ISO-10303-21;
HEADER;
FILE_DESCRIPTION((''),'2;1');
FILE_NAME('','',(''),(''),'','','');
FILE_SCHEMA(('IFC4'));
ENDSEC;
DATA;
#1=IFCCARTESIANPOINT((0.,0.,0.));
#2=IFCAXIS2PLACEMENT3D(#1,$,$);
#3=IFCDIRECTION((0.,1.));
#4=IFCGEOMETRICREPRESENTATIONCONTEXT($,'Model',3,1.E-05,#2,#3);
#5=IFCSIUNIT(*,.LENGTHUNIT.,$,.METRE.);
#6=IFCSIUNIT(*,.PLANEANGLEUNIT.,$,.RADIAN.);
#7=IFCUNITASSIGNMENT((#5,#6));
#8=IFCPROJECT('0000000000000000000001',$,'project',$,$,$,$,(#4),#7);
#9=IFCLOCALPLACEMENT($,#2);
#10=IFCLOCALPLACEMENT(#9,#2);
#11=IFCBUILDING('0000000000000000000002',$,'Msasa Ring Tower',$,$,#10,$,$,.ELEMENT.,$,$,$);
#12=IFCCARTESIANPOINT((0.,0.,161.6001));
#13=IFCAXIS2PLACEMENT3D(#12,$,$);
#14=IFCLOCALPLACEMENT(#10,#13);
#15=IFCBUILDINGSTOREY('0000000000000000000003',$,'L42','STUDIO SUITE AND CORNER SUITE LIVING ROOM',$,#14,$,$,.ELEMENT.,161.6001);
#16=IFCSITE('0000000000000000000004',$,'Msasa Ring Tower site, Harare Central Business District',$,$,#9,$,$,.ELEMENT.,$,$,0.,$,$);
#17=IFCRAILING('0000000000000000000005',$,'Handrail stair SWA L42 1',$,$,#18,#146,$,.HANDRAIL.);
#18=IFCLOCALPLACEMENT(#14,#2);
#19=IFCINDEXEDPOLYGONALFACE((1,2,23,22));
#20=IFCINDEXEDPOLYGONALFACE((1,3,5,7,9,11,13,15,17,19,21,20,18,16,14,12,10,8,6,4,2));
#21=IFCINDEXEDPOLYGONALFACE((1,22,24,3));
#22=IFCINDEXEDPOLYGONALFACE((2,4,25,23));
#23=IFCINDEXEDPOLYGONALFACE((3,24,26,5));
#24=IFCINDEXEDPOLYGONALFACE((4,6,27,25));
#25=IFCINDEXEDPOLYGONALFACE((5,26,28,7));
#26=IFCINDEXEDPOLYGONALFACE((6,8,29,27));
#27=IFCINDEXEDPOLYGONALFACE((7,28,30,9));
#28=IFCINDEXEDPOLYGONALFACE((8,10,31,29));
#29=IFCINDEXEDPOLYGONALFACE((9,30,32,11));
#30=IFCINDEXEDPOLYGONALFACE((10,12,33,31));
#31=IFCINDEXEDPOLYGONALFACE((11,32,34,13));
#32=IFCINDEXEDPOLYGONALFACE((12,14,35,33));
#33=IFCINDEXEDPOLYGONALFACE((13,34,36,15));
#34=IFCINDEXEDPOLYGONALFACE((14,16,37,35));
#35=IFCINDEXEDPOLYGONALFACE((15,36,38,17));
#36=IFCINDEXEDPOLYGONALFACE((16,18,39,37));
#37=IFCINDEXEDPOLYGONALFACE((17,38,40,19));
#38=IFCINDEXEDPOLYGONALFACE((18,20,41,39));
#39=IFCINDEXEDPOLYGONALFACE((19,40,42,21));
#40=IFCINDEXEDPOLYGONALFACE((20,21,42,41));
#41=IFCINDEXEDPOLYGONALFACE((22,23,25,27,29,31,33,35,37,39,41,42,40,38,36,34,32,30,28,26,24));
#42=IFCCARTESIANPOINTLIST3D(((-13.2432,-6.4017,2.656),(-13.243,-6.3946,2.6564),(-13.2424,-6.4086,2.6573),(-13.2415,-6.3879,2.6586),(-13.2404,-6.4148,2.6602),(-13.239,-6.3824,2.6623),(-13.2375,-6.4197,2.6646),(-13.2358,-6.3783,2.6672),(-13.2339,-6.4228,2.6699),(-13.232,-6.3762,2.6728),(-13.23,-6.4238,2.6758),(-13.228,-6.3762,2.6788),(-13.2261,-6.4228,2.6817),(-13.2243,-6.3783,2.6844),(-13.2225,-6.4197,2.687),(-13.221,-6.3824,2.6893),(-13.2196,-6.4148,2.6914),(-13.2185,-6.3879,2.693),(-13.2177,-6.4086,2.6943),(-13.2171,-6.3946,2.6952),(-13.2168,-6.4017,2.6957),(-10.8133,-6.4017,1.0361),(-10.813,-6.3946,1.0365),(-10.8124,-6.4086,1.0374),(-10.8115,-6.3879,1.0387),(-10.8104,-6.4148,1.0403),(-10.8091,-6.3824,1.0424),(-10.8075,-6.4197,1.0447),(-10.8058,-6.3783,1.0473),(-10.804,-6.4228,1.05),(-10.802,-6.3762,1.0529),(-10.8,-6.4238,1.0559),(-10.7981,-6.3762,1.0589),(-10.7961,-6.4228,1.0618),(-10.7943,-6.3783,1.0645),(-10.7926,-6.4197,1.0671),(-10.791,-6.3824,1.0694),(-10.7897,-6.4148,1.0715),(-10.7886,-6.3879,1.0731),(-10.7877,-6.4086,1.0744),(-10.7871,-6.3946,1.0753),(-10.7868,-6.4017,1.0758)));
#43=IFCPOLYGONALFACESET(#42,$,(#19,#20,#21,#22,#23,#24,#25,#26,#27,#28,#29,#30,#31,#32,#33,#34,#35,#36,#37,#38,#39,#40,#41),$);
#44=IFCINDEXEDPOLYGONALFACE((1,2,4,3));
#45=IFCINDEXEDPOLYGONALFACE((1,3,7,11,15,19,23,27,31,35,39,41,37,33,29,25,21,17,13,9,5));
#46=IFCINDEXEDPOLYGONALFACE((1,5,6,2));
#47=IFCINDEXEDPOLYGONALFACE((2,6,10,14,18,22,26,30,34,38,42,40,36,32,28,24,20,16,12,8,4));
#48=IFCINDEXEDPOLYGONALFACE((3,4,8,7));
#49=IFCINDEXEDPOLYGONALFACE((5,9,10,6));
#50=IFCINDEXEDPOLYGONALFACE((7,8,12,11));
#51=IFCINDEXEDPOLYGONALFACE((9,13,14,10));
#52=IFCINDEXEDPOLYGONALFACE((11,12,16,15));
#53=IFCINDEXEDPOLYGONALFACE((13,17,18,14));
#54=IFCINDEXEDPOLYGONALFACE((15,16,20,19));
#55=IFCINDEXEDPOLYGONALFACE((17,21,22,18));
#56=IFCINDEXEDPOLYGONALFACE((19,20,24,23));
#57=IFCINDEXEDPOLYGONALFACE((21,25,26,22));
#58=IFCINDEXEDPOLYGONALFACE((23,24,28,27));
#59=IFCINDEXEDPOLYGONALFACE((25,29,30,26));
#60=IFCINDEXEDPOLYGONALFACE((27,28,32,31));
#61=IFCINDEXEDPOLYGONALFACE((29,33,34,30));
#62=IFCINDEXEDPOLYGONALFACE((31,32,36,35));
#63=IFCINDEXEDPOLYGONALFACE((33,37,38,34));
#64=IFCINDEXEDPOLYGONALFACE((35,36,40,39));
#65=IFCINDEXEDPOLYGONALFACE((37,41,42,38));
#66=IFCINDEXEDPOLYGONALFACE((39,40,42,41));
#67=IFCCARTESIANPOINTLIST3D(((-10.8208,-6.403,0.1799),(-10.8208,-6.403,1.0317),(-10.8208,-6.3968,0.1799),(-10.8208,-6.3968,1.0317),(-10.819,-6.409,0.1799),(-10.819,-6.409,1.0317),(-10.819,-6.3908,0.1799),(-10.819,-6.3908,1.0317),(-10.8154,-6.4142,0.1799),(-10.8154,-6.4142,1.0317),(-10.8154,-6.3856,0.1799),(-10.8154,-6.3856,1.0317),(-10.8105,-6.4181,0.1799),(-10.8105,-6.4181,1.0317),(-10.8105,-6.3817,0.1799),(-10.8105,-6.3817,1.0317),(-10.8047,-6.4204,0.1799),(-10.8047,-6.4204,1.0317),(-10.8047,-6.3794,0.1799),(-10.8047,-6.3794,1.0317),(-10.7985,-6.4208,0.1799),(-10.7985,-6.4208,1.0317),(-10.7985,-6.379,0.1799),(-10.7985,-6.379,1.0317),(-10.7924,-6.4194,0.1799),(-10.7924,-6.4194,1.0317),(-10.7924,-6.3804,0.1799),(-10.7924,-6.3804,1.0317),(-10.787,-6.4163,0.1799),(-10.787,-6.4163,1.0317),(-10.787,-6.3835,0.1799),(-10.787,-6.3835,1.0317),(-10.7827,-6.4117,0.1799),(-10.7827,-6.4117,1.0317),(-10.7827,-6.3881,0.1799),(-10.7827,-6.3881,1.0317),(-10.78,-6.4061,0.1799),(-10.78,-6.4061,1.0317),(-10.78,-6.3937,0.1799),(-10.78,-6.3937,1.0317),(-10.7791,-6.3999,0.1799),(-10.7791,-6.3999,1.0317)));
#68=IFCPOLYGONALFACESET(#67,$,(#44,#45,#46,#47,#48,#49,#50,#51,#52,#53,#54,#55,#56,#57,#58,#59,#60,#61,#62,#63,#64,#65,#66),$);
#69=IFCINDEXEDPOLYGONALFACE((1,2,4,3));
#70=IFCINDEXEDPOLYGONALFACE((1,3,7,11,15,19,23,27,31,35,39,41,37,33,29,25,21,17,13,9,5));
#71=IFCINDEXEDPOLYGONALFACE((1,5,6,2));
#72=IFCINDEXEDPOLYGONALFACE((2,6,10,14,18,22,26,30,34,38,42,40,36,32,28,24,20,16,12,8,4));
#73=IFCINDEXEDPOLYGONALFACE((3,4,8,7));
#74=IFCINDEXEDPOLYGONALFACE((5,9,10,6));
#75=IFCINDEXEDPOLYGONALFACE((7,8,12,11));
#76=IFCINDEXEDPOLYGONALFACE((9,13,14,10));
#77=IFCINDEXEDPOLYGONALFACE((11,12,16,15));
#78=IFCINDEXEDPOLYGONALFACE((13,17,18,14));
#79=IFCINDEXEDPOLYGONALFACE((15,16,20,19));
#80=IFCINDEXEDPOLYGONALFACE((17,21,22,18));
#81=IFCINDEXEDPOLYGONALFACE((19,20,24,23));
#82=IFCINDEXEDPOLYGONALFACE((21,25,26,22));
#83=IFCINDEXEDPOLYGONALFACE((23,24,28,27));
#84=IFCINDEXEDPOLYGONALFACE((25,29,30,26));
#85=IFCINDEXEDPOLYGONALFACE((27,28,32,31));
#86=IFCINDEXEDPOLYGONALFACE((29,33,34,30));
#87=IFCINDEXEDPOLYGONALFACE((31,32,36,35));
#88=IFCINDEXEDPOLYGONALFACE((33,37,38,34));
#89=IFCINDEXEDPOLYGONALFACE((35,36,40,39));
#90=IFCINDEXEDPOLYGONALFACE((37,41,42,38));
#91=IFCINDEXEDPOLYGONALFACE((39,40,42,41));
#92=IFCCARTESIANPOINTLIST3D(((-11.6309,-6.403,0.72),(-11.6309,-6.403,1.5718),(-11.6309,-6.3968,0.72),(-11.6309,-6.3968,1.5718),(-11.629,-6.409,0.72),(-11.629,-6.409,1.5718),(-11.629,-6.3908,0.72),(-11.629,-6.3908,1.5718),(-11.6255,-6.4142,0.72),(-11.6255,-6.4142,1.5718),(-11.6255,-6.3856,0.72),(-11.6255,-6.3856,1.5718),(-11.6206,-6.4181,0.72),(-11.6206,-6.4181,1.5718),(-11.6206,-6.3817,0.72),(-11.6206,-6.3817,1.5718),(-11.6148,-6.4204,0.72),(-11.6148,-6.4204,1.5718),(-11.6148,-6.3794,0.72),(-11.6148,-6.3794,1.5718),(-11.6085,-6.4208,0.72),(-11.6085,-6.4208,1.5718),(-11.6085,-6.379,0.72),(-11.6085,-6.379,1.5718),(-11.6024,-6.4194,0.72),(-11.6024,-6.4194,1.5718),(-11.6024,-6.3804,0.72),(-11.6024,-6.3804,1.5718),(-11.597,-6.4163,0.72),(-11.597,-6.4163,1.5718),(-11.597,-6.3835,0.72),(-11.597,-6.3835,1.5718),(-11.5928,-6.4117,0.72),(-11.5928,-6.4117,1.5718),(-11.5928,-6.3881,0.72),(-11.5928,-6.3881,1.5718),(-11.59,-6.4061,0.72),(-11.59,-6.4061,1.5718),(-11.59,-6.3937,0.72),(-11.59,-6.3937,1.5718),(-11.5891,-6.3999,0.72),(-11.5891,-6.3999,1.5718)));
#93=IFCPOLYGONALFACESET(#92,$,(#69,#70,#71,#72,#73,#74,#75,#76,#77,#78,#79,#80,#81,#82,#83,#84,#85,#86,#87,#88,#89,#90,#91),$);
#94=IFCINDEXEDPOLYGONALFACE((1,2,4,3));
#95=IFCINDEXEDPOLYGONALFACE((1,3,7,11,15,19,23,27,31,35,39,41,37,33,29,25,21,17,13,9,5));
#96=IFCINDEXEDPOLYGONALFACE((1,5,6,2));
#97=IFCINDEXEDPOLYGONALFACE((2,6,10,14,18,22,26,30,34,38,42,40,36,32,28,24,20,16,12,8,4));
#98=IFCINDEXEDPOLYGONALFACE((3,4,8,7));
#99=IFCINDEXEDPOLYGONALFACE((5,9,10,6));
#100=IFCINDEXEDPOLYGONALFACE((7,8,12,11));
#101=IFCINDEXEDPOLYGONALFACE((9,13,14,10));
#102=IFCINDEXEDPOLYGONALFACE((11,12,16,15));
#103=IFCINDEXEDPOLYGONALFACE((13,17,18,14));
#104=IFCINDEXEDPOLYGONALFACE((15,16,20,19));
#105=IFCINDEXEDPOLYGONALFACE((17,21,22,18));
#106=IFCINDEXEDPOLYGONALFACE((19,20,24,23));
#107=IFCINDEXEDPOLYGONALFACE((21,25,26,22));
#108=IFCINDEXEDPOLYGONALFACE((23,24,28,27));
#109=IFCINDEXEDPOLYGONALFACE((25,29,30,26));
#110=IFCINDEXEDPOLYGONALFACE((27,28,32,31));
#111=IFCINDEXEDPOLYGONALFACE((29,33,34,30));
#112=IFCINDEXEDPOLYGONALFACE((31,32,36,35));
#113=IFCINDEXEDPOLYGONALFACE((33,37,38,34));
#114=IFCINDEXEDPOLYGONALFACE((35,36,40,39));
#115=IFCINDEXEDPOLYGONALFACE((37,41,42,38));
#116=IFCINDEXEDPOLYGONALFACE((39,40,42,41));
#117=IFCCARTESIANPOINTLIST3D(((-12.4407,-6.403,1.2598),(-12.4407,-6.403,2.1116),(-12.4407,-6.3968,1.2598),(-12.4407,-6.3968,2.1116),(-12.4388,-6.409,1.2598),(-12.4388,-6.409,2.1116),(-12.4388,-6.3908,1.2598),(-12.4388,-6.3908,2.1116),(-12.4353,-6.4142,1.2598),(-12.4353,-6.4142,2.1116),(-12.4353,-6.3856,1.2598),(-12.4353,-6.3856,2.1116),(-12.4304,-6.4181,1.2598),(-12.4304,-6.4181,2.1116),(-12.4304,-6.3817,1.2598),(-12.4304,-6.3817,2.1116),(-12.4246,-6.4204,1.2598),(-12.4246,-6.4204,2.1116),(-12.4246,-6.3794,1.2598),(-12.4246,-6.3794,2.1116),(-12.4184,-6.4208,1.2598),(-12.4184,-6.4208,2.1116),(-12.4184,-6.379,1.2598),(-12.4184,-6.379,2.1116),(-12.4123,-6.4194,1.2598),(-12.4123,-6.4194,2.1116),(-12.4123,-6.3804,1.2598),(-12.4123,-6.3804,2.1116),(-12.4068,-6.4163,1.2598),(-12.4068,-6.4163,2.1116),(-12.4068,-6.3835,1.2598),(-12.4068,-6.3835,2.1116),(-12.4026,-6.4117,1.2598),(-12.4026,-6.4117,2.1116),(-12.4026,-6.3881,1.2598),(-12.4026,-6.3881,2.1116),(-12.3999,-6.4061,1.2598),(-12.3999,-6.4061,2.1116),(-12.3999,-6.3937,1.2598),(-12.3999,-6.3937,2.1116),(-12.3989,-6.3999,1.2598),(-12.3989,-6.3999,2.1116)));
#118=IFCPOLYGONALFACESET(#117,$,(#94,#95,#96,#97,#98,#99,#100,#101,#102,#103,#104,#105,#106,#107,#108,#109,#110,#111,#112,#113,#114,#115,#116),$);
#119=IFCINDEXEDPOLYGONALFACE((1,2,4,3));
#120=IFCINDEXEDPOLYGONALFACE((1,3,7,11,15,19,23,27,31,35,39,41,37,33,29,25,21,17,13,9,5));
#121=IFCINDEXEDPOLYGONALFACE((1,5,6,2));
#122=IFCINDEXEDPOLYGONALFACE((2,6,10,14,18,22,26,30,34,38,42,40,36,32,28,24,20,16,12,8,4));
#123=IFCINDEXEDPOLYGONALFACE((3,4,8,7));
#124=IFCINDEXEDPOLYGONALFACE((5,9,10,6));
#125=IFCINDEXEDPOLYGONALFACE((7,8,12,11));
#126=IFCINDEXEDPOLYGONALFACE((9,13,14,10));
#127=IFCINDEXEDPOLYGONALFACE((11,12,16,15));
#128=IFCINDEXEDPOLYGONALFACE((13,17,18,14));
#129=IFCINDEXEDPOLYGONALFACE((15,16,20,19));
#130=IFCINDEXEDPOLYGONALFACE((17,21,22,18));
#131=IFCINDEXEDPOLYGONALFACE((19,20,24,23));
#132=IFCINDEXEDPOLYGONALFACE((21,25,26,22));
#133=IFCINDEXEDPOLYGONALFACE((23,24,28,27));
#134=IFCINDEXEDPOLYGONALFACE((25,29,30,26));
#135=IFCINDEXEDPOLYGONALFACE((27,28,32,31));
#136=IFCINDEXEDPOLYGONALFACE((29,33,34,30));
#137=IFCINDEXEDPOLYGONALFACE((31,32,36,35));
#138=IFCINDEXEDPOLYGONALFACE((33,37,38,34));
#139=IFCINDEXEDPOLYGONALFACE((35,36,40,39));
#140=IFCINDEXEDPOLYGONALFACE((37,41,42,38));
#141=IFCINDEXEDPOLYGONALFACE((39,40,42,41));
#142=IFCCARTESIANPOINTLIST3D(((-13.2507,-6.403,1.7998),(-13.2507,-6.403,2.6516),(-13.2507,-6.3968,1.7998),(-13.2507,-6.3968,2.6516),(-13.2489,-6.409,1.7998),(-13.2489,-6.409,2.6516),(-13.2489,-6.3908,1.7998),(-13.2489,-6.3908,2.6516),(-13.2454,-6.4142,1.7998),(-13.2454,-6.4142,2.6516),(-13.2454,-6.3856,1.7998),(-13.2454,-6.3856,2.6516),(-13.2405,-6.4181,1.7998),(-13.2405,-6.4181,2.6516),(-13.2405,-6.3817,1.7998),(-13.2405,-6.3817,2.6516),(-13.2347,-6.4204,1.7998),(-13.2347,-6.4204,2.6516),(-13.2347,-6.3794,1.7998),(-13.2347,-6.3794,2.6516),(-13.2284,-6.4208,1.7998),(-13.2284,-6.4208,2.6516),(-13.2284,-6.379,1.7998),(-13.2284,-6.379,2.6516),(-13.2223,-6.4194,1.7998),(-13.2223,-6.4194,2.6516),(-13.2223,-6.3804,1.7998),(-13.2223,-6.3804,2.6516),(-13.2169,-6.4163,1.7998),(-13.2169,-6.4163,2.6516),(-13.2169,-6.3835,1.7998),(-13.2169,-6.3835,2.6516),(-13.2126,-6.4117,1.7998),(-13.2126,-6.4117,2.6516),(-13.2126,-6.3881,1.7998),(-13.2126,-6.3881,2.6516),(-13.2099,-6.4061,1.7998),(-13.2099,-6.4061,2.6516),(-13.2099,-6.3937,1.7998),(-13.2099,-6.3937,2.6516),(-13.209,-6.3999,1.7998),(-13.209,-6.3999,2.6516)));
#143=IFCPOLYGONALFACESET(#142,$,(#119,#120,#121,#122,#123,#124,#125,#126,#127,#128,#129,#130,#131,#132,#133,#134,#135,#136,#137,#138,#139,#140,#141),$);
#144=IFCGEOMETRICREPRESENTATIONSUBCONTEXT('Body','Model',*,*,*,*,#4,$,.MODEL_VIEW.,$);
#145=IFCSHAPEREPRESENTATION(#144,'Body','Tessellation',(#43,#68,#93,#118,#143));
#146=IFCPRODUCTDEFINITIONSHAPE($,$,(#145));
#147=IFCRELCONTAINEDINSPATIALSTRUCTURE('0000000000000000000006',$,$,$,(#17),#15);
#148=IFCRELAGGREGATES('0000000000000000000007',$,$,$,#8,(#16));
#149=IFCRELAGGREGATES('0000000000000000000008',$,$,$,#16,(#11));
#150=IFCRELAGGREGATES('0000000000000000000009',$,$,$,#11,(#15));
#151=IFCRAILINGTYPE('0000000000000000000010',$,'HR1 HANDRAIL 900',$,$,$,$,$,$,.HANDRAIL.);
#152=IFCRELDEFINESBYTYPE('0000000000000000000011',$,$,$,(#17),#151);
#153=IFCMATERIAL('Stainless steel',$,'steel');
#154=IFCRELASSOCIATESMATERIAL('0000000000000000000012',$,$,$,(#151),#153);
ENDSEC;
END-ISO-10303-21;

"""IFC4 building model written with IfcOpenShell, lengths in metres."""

from ifc_helpers import new_model, si_unit, direction, frame, origin, origin_2d, place, context, subcontext, project, spatial, circle, extrude, material, type_object, element, save


model = new_model("IFC4")

# Units and contexts
model_context = context("Model", 3, precision=1e-05, world=origin(), true_north=direction((0.0, 1.0)))
body_context = subcontext(model_context, "Body", "Model", "MODEL_VIEW")
ifc_project = project(units=[si_unit("LENGTHUNIT", "METRE"), si_unit("PLANEANGLEUNIT", "RADIAN")], contexts=[model_context])

# Site, building, storey
site_placement = place(None, origin())
site = spatial("IfcSite", under=ifc_project, at=site_placement, Name="Msasa Ring Tower site, Harare Central Business District", CompositionType="ELEMENT", RefElevation=0.0)
building_placement = place(site_placement, origin())
building = spatial("IfcBuilding", under=site, at=building_placement, Name="Msasa Ring Tower", CompositionType="ELEMENT")
storey_placement = place(building_placement, frame((0.0, 0.0, 161.6001)))
storey = spatial("IfcBuildingStorey", under=building, at=storey_placement, Name="L42", Description="STUDIO SUITE AND CORNER SUITE LIVING ROOM", CompositionType="ELEMENT", Elevation=161.6001)

# Railing
ifc_material_1 = material(Name="Stainless steel", Category="steel")
railing_type = type_object("IfcRailingType", Name="HR1 HANDRAIL 900", PredefinedType="HANDRAIL", material=ifc_material_1)
for number, where, name in (
    (1, (-10.8, -6.3999, 0.1799), "Handrail stair SWA L42 1"),
):
    element("IfcRailing", number, at=place(storey_placement, frame(where)), inside=storey, type_object=railing_type, Name=name, PredefinedType="HANDRAIL", context=body_context, shape_type="SweptSolid", body=[
        extrude(circle(Radius=0.0239, at=origin_2d()), frame((0.0, 0.0, 0.876), z_axis=(-0.832063, 0.0, 0.554681), x_axis=(0.0, -1.0, 0.0)), (0.0, 0.0, 1.0), 2.9204),
        extrude(circle(Radius=0.021, at=origin_2d()), origin(), (0.0, 0.0, 1.0), 0.8518),
        extrude(circle(Radius=0.021, at=origin_2d()), frame((-0.8101, 0.0, 0.54)), (0.0, 0.0, 1.0), 0.8518),
        extrude(circle(Radius=0.021, at=origin_2d()), frame((-1.6199, 0.0, 1.0798)), (0.0, 0.0, 1.0), 0.8518),
        extrude(circle(Radius=0.021, at=origin_2d()), frame((-2.4299, 0.0, 1.6199)), (0.0, 0.0, 1.0), 0.8518),
    ])

save(model, "model.ifc")
